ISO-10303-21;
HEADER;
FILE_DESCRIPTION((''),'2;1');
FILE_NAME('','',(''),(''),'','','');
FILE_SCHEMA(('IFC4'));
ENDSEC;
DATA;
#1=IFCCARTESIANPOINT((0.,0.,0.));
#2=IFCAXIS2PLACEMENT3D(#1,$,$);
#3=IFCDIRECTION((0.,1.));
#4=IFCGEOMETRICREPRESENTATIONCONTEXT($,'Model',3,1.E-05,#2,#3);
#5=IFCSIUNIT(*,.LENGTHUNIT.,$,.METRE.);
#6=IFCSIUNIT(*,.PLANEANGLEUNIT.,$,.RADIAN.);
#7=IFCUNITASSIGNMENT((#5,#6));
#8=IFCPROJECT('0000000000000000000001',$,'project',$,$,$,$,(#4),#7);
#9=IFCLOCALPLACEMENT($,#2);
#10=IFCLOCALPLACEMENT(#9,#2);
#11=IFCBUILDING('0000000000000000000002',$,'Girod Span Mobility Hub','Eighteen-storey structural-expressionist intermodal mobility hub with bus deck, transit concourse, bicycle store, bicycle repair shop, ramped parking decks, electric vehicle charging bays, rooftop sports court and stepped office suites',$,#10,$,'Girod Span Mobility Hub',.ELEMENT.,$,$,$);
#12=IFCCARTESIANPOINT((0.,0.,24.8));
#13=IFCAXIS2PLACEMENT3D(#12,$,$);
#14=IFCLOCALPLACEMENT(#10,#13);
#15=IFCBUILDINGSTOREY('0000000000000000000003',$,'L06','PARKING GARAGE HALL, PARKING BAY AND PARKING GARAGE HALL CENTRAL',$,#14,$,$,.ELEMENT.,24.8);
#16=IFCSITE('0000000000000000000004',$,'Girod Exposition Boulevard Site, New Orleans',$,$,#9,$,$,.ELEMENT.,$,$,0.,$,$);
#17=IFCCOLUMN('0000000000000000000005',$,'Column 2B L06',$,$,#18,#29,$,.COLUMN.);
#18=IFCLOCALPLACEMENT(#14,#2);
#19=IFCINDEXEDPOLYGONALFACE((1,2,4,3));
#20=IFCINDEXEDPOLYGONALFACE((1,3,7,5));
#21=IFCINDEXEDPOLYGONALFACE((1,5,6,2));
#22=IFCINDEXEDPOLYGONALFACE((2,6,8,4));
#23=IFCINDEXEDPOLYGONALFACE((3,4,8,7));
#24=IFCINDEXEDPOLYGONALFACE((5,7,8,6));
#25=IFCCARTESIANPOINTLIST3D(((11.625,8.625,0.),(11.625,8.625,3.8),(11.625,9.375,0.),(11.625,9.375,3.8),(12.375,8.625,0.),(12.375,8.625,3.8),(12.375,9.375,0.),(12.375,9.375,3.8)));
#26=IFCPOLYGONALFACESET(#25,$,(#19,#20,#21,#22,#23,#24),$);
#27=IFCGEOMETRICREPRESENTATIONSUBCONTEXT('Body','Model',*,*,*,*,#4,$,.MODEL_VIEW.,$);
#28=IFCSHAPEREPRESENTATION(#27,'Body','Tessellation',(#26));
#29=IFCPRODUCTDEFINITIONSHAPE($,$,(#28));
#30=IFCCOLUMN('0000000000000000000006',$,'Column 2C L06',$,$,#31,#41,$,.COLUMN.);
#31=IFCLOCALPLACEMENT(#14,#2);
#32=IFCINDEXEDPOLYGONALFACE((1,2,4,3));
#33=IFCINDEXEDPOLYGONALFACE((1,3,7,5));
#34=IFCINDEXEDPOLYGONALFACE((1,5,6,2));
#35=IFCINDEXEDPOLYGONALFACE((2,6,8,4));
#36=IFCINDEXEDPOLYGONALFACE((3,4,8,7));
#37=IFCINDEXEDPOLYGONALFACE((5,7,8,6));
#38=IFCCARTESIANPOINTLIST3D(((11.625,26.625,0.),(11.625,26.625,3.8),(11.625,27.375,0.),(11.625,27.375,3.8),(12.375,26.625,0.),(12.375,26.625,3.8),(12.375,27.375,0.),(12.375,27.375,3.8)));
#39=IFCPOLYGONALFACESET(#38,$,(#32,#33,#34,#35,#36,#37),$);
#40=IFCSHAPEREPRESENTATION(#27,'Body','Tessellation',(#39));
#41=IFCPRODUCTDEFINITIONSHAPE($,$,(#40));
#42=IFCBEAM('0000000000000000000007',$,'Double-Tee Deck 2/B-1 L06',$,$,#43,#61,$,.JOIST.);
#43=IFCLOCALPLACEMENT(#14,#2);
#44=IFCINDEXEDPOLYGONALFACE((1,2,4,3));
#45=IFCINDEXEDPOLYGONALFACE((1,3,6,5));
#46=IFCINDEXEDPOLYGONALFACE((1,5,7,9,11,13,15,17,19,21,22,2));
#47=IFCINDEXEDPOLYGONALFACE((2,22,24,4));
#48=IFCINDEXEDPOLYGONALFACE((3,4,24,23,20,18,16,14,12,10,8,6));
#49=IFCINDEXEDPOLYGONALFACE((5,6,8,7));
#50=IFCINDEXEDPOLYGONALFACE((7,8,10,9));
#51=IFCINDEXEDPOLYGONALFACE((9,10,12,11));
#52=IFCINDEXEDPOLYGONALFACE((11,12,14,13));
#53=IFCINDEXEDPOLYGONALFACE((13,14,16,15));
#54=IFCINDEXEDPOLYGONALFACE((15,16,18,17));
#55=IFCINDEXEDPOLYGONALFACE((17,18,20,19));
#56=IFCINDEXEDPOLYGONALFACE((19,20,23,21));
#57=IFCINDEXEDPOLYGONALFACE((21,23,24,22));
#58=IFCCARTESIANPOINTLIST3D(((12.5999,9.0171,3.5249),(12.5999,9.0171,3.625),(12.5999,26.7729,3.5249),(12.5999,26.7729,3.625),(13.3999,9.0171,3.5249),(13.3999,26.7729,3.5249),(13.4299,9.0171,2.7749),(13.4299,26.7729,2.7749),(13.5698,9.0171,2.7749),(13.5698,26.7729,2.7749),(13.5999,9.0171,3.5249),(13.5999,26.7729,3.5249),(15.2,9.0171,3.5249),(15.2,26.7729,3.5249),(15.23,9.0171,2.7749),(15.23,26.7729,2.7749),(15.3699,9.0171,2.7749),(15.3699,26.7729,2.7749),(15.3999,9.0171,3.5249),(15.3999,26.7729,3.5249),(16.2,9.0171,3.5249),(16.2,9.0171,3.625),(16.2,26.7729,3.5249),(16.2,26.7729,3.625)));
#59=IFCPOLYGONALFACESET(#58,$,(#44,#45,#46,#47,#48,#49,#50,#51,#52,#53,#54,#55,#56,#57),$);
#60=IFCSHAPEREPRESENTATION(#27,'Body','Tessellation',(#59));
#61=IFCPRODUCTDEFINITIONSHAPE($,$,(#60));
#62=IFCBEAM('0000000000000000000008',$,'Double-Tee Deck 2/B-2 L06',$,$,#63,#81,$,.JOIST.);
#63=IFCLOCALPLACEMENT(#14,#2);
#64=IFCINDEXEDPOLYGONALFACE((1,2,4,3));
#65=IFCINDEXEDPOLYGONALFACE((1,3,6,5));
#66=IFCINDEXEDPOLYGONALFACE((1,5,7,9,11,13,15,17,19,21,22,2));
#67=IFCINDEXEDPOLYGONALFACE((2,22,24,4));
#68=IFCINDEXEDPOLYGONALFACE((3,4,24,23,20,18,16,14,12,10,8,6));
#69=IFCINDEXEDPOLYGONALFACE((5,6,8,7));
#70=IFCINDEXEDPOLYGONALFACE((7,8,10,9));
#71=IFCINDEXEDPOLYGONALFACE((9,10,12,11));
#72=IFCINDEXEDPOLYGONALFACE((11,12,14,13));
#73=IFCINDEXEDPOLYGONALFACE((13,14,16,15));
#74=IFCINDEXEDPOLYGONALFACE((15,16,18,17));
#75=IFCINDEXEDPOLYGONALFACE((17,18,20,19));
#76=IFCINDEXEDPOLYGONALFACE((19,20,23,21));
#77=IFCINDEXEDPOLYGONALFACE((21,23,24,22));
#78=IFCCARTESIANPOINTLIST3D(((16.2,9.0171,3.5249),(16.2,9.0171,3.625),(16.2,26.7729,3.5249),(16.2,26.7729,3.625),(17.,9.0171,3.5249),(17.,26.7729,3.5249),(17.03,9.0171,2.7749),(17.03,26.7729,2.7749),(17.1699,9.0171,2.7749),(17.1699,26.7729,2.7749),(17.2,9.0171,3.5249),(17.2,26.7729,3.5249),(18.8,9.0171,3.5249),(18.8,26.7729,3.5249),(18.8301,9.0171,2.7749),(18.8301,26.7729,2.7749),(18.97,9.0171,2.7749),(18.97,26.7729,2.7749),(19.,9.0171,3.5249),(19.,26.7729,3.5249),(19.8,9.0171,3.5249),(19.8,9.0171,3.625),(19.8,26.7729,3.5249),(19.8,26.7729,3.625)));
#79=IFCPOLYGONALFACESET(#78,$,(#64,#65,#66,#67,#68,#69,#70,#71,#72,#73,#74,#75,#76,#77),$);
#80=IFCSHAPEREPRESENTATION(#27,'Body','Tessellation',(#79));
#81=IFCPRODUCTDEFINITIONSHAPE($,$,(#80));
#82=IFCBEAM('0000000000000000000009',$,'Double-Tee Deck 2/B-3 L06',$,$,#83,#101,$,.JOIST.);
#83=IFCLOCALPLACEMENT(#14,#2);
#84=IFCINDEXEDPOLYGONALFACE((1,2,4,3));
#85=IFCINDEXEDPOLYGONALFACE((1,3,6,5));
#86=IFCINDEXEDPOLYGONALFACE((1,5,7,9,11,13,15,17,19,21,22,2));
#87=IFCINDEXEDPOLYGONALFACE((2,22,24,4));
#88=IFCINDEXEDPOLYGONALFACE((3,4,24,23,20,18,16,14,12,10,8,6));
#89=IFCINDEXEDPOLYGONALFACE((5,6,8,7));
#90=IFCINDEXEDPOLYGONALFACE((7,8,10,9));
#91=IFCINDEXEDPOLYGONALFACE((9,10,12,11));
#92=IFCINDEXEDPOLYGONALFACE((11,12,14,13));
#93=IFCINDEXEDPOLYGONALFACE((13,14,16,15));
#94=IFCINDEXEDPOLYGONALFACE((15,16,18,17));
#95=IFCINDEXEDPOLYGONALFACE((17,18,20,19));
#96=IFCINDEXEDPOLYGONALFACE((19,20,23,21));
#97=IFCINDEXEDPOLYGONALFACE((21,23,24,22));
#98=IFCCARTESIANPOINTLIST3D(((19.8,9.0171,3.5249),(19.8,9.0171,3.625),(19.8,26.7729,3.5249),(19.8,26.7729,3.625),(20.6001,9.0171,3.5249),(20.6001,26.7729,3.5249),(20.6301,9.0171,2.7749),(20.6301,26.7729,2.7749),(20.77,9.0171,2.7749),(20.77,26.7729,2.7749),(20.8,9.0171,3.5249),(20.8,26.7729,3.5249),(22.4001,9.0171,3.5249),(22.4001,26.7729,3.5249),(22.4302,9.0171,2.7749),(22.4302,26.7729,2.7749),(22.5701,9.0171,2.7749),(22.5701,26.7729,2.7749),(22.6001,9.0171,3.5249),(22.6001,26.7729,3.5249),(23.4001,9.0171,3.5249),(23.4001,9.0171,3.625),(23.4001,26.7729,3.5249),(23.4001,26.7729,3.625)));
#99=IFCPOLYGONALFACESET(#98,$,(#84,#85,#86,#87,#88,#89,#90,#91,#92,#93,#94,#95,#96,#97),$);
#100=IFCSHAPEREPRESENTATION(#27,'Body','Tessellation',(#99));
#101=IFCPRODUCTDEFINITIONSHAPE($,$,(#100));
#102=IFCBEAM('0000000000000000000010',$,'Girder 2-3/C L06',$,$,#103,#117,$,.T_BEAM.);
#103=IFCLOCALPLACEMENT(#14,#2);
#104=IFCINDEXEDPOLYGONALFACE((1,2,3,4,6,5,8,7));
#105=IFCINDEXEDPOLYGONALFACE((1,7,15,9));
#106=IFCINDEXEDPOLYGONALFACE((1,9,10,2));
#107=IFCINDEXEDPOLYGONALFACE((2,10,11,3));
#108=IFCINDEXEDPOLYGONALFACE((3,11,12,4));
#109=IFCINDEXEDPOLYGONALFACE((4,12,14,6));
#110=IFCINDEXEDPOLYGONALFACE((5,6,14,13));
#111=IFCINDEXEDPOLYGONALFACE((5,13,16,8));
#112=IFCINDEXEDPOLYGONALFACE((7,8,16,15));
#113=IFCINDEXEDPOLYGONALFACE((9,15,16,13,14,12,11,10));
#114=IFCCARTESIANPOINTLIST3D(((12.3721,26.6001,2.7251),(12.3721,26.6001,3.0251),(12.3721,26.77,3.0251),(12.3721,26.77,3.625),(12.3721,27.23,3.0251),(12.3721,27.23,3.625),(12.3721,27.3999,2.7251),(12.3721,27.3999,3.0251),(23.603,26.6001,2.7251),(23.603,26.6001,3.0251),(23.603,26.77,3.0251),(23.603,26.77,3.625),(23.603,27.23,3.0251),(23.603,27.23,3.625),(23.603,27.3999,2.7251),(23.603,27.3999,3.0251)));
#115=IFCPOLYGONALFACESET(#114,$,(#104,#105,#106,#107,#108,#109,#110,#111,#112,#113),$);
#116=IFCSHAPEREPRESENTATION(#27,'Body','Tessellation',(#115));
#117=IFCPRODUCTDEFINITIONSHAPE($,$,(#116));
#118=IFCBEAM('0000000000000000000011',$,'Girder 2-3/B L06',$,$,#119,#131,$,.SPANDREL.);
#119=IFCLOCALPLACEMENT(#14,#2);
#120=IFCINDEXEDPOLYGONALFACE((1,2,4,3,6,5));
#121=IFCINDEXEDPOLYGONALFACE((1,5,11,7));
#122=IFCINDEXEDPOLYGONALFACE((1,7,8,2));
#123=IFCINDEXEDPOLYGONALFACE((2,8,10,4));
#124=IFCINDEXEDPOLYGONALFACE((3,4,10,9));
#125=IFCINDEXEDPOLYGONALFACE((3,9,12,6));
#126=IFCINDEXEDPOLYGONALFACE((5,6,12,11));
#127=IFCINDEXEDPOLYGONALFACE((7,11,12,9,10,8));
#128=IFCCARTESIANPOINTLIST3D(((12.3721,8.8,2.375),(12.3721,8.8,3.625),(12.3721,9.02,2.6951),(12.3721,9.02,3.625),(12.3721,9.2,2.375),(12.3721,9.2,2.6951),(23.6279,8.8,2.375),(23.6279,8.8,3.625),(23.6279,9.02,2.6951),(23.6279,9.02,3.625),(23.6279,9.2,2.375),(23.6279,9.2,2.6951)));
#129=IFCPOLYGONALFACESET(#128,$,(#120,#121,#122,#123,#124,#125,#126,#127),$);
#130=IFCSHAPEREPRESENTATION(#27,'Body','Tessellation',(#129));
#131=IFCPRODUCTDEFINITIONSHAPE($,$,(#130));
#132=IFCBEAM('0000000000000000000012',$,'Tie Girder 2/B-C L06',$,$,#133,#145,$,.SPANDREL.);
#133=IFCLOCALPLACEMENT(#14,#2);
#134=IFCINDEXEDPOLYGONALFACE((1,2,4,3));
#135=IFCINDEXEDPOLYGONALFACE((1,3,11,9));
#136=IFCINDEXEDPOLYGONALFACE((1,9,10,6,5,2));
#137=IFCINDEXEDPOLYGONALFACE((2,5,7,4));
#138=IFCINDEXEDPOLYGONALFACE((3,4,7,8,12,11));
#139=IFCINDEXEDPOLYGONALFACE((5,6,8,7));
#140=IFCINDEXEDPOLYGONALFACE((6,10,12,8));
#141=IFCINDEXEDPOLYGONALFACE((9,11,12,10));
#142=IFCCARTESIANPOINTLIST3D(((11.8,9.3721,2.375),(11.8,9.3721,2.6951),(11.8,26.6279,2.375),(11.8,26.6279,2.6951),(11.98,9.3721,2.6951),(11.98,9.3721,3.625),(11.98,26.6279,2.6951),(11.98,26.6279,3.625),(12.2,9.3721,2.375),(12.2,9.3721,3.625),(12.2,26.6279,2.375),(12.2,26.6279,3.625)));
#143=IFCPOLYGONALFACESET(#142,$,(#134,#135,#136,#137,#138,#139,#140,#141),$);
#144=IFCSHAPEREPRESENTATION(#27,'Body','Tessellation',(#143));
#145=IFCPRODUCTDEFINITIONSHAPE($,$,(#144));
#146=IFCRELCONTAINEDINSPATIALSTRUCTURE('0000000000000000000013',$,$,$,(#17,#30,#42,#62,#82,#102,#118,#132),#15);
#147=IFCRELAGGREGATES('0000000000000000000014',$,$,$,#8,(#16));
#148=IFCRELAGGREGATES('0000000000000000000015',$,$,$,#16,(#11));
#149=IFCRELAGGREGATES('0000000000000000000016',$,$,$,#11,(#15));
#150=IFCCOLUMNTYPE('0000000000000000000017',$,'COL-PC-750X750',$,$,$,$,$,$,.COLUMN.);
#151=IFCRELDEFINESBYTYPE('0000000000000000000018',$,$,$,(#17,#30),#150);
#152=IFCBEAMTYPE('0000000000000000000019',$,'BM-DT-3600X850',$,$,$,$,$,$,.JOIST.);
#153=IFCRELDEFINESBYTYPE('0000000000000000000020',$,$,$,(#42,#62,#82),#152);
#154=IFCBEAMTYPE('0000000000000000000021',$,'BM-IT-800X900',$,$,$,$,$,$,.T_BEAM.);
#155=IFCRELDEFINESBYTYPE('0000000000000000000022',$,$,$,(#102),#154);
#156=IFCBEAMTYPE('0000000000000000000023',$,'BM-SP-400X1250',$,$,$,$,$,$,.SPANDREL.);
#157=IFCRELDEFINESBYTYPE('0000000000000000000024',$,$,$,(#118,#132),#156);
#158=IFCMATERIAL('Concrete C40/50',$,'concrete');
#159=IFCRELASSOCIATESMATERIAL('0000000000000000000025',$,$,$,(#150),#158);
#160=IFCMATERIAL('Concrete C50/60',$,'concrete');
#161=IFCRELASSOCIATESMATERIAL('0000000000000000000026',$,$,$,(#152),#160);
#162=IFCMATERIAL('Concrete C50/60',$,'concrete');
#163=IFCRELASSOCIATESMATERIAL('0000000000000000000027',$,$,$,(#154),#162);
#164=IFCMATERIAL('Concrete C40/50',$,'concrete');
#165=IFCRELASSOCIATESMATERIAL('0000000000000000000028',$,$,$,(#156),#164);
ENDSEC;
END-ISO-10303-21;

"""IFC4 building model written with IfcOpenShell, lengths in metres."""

from ifc_helpers import new_model, si_unit, direction, frame, origin, origin_2d, place, context, subcontext, project, spatial, polyline, rectangle, outline, extrude, material, material_profile, profile_set, type_object, element, save


model = new_model("IFC4")

# Units and contexts
model_context = context("Model", 3, precision=1e-05, world=origin(), true_north=direction((0.0, 1.0)))
body_context = subcontext(model_context, "Body", "Model", "MODEL_VIEW")
ifc_project = project(units=[si_unit("LENGTHUNIT", "METRE"), si_unit("PLANEANGLEUNIT", "RADIAN")], contexts=[model_context])

# Site, building, storey
site_placement = place(None, origin())
site = spatial("IfcSite", under=ifc_project, at=site_placement, Name="Girod Exposition Boulevard Site, New Orleans", CompositionType="ELEMENT", RefElevation=0.0)
building_placement = place(site_placement, origin())
building = spatial("IfcBuilding", under=site, at=building_placement, Name="Girod Span Mobility Hub", Description="Eighteen-storey structural-expressionist intermodal mobility hub with bus deck, transit concourse, bicycle store, bicycle repair shop, ramped parking decks, electric vehicle charging bays, rooftop sports court and stepped office suites", LongName="Girod Span Mobility Hub", CompositionType="ELEMENT")
storey_placement = place(building_placement, frame((0.0, 0.0, 24.8)))
storey = spatial("IfcBuildingStorey", under=building, at=storey_placement, Name="L06", Description="PARKING GARAGE HALL, PARKING BAY AND PARKING GARAGE HALL CENTRAL", CompositionType="ELEMENT", Elevation=24.8)

# Columns
ifc_material_1 = material(Name="Concrete C40/50", Category="concrete")
ifc_material_profile_1 = material_profile(ifc_material_1, rectangle(XDim=0.75, YDim=0.75, at=origin_2d()), Name="PC-COL-750X750")
ifc_profile_set_1 = profile_set([ifc_material_profile_1], Name="Concrete C40/50")
column_type = type_object("IfcColumnType", Name="COL-PC-750X750", PredefinedType="COLUMN", material=ifc_profile_set_1)
for number, where, z_axis, x_axis, name in (
    (1, (12.0, 9.0, 0.0), (0.0, 0.0, 1.0), (1.0, 0.0, 0.0), "Column 2B L06"),
    (2, (12.0, 27.0, 0.0), (0.0, 0.0, 1.0), (1.0, 0.0, 0.0), "Column 2C L06"),
):
    element("IfcColumn", number, at=place(storey_placement, frame(where, z_axis=z_axis, x_axis=x_axis)), inside=storey, type_object=column_type, Name=name, PredefinedType="COLUMN", context=body_context, shape_type="SweptSolid", body=[
        extrude(rectangle(XDim=0.75, YDim=0.75, at=origin_2d()), origin(), (0.0, 0.0, 1.0), 3.8),
    ])

# Beams
ifc_material_2 = material(Name="Concrete C50/60", Category="concrete")
ifc_material_profile_2 = material_profile(ifc_material_2, outline(polyline([(-1.8, 0.425), (-1.8, 0.325), (-1.0, 0.325), (-0.97, -0.425), (-0.8301, -0.425), (-0.8, 0.325), (0.8, 0.325), (0.8301, -0.425), (0.97, -0.425), (1.0, 0.325), (1.8, 0.325), (1.8, 0.425), (-1.8, 0.425)])), Name="DT-3600X850")
ifc_profile_set_2 = profile_set([ifc_material_profile_2], Name="Concrete C50/60")
beam_type_1 = type_object("IfcBeamType", Name="BM-DT-3600X850", PredefinedType="JOIST", material=ifc_profile_set_2)
for number, where, z_axis, x_axis, name in (
    (3, (14.3999, 9.0171, 3.2), (0.0, 1.0, 0.0), (-1.0, 0.0, 0.0), "Double-Tee Deck 2/B-1 L06"),
    (4, (18.0, 9.0171, 3.2), (0.0, 1.0, 0.0), (-1.0, 0.0, 0.0), "Double-Tee Deck 2/B-2 L06"),
    (5, (21.6001, 9.0171, 3.2), (0.0, 1.0, 0.0), (-1.0, 0.0, 0.0), "Double-Tee Deck 2/B-3 L06"),
):
    element("IfcBeam", number, at=place(storey_placement, frame(where, z_axis=z_axis, x_axis=x_axis)), inside=storey, type_object=beam_type_1, Name=name, PredefinedType="JOIST", context=body_context, shape_type="SweptSolid", body=[
        extrude(outline(polyline([(-1.8, 0.425), (-1.8, 0.325), (-1.0, 0.325), (-0.97, -0.425), (-0.8301, -0.425), (-0.8, 0.325), (0.8, 0.325), (0.8301, -0.425), (0.97, -0.425), (1.0, 0.325), (1.8, 0.325), (1.8, 0.425), (-1.8, 0.425)])), origin(), (0.0, 0.0, 1.0), 17.7559),
    ])
ifc_material_3 = material(Name="Concrete C50/60", Category="concrete")
ifc_material_profile_3 = material_profile(ifc_material_3, outline(polyline([(-0.3999, -0.45), (0.3999, -0.45), (0.3999, -0.1499), (0.23, -0.1499), (0.23, 0.45), (-0.23, 0.45), (-0.23, -0.1499), (-0.3999, -0.1499), (-0.3999, -0.45)])), Name="IT-800X900")
ifc_profile_set_3 = profile_set([ifc_material_profile_3], Name="Concrete C50/60")
beam_type_2 = type_object("IfcBeamType", Name="BM-IT-800X900", PredefinedType="T_BEAM", material=ifc_profile_set_3)
beam_1_placement = place(storey_placement, frame((12.3721, 27.0, 3.175), z_axis=(1.0, 0.0, 0.0), x_axis=(0.0, 1.0, 0.0)))
element("IfcBeam", 6, at=beam_1_placement, inside=storey, type_object=beam_type_2, Name="Girder 2-3/C L06", PredefinedType="T_BEAM", context=body_context, shape_type="SweptSolid", body=[
    extrude(outline(polyline([(-0.3999, -0.45), (0.3999, -0.45), (0.3999, -0.1499), (0.23, -0.1499), (0.23, 0.45), (-0.23, 0.45), (-0.23, -0.1499), (-0.3999, -0.1499), (-0.3999, -0.45)])), origin(), (0.0, 0.0, 1.0), 11.231),
])
ifc_material_4 = material(Name="Concrete C40/50", Category="concrete")
ifc_material_profile_4 = material_profile(ifc_material_4, outline(polyline([(-0.2, -0.625), (0.2, -0.625), (0.2, -0.3049), (0.02, -0.3049), (0.02, 0.625), (-0.2, 0.625), (-0.2, -0.625)])), Name="SP-400X1250")
ifc_profile_set_4 = profile_set([ifc_material_profile_4], Name="Concrete C40/50")
beam_type_3 = type_object("IfcBeamType", Name="BM-SP-400X1250", PredefinedType="SPANDREL", material=ifc_profile_set_4)
beam_2_placement = place(storey_placement, frame((12.3721, 9.0, 3.0), z_axis=(1.0, 0.0, 0.0), x_axis=(0.0, 1.0, 0.0)))
element("IfcBeam", 7, at=beam_2_placement, inside=storey, type_object=beam_type_3, Name="Girder 2-3/B L06", PredefinedType="SPANDREL", context=body_context, shape_type="SweptSolid", body=[
    extrude(outline(polyline([(-0.2, -0.625), (0.2, -0.625), (0.2, -0.3049), (0.02, -0.3049), (0.02, 0.625), (-0.2, 0.625), (-0.2, -0.625)])), origin(), (0.0, 0.0, 1.0), 11.2559),
])
beam_3_placement = place(storey_placement, frame((12.0, 9.3721, 3.0), z_axis=(0.0, 1.0, 0.0), x_axis=(-1.0, 0.0, 0.0)))
element("IfcBeam", 8, at=beam_3_placement, inside=storey, type_object=beam_type_3, Name="Tie Girder 2/B-C L06", PredefinedType="SPANDREL", context=body_context, shape_type="SweptSolid", body=[
    extrude(outline(polyline([(-0.2, -0.625), (0.2, -0.625), (0.2, -0.3049), (0.02, -0.3049), (0.02, 0.625), (-0.2, 0.625), (-0.2, -0.625)])), origin(), (0.0, 0.0, 1.0), 17.2559),
])

save(model, "model.ifc")
